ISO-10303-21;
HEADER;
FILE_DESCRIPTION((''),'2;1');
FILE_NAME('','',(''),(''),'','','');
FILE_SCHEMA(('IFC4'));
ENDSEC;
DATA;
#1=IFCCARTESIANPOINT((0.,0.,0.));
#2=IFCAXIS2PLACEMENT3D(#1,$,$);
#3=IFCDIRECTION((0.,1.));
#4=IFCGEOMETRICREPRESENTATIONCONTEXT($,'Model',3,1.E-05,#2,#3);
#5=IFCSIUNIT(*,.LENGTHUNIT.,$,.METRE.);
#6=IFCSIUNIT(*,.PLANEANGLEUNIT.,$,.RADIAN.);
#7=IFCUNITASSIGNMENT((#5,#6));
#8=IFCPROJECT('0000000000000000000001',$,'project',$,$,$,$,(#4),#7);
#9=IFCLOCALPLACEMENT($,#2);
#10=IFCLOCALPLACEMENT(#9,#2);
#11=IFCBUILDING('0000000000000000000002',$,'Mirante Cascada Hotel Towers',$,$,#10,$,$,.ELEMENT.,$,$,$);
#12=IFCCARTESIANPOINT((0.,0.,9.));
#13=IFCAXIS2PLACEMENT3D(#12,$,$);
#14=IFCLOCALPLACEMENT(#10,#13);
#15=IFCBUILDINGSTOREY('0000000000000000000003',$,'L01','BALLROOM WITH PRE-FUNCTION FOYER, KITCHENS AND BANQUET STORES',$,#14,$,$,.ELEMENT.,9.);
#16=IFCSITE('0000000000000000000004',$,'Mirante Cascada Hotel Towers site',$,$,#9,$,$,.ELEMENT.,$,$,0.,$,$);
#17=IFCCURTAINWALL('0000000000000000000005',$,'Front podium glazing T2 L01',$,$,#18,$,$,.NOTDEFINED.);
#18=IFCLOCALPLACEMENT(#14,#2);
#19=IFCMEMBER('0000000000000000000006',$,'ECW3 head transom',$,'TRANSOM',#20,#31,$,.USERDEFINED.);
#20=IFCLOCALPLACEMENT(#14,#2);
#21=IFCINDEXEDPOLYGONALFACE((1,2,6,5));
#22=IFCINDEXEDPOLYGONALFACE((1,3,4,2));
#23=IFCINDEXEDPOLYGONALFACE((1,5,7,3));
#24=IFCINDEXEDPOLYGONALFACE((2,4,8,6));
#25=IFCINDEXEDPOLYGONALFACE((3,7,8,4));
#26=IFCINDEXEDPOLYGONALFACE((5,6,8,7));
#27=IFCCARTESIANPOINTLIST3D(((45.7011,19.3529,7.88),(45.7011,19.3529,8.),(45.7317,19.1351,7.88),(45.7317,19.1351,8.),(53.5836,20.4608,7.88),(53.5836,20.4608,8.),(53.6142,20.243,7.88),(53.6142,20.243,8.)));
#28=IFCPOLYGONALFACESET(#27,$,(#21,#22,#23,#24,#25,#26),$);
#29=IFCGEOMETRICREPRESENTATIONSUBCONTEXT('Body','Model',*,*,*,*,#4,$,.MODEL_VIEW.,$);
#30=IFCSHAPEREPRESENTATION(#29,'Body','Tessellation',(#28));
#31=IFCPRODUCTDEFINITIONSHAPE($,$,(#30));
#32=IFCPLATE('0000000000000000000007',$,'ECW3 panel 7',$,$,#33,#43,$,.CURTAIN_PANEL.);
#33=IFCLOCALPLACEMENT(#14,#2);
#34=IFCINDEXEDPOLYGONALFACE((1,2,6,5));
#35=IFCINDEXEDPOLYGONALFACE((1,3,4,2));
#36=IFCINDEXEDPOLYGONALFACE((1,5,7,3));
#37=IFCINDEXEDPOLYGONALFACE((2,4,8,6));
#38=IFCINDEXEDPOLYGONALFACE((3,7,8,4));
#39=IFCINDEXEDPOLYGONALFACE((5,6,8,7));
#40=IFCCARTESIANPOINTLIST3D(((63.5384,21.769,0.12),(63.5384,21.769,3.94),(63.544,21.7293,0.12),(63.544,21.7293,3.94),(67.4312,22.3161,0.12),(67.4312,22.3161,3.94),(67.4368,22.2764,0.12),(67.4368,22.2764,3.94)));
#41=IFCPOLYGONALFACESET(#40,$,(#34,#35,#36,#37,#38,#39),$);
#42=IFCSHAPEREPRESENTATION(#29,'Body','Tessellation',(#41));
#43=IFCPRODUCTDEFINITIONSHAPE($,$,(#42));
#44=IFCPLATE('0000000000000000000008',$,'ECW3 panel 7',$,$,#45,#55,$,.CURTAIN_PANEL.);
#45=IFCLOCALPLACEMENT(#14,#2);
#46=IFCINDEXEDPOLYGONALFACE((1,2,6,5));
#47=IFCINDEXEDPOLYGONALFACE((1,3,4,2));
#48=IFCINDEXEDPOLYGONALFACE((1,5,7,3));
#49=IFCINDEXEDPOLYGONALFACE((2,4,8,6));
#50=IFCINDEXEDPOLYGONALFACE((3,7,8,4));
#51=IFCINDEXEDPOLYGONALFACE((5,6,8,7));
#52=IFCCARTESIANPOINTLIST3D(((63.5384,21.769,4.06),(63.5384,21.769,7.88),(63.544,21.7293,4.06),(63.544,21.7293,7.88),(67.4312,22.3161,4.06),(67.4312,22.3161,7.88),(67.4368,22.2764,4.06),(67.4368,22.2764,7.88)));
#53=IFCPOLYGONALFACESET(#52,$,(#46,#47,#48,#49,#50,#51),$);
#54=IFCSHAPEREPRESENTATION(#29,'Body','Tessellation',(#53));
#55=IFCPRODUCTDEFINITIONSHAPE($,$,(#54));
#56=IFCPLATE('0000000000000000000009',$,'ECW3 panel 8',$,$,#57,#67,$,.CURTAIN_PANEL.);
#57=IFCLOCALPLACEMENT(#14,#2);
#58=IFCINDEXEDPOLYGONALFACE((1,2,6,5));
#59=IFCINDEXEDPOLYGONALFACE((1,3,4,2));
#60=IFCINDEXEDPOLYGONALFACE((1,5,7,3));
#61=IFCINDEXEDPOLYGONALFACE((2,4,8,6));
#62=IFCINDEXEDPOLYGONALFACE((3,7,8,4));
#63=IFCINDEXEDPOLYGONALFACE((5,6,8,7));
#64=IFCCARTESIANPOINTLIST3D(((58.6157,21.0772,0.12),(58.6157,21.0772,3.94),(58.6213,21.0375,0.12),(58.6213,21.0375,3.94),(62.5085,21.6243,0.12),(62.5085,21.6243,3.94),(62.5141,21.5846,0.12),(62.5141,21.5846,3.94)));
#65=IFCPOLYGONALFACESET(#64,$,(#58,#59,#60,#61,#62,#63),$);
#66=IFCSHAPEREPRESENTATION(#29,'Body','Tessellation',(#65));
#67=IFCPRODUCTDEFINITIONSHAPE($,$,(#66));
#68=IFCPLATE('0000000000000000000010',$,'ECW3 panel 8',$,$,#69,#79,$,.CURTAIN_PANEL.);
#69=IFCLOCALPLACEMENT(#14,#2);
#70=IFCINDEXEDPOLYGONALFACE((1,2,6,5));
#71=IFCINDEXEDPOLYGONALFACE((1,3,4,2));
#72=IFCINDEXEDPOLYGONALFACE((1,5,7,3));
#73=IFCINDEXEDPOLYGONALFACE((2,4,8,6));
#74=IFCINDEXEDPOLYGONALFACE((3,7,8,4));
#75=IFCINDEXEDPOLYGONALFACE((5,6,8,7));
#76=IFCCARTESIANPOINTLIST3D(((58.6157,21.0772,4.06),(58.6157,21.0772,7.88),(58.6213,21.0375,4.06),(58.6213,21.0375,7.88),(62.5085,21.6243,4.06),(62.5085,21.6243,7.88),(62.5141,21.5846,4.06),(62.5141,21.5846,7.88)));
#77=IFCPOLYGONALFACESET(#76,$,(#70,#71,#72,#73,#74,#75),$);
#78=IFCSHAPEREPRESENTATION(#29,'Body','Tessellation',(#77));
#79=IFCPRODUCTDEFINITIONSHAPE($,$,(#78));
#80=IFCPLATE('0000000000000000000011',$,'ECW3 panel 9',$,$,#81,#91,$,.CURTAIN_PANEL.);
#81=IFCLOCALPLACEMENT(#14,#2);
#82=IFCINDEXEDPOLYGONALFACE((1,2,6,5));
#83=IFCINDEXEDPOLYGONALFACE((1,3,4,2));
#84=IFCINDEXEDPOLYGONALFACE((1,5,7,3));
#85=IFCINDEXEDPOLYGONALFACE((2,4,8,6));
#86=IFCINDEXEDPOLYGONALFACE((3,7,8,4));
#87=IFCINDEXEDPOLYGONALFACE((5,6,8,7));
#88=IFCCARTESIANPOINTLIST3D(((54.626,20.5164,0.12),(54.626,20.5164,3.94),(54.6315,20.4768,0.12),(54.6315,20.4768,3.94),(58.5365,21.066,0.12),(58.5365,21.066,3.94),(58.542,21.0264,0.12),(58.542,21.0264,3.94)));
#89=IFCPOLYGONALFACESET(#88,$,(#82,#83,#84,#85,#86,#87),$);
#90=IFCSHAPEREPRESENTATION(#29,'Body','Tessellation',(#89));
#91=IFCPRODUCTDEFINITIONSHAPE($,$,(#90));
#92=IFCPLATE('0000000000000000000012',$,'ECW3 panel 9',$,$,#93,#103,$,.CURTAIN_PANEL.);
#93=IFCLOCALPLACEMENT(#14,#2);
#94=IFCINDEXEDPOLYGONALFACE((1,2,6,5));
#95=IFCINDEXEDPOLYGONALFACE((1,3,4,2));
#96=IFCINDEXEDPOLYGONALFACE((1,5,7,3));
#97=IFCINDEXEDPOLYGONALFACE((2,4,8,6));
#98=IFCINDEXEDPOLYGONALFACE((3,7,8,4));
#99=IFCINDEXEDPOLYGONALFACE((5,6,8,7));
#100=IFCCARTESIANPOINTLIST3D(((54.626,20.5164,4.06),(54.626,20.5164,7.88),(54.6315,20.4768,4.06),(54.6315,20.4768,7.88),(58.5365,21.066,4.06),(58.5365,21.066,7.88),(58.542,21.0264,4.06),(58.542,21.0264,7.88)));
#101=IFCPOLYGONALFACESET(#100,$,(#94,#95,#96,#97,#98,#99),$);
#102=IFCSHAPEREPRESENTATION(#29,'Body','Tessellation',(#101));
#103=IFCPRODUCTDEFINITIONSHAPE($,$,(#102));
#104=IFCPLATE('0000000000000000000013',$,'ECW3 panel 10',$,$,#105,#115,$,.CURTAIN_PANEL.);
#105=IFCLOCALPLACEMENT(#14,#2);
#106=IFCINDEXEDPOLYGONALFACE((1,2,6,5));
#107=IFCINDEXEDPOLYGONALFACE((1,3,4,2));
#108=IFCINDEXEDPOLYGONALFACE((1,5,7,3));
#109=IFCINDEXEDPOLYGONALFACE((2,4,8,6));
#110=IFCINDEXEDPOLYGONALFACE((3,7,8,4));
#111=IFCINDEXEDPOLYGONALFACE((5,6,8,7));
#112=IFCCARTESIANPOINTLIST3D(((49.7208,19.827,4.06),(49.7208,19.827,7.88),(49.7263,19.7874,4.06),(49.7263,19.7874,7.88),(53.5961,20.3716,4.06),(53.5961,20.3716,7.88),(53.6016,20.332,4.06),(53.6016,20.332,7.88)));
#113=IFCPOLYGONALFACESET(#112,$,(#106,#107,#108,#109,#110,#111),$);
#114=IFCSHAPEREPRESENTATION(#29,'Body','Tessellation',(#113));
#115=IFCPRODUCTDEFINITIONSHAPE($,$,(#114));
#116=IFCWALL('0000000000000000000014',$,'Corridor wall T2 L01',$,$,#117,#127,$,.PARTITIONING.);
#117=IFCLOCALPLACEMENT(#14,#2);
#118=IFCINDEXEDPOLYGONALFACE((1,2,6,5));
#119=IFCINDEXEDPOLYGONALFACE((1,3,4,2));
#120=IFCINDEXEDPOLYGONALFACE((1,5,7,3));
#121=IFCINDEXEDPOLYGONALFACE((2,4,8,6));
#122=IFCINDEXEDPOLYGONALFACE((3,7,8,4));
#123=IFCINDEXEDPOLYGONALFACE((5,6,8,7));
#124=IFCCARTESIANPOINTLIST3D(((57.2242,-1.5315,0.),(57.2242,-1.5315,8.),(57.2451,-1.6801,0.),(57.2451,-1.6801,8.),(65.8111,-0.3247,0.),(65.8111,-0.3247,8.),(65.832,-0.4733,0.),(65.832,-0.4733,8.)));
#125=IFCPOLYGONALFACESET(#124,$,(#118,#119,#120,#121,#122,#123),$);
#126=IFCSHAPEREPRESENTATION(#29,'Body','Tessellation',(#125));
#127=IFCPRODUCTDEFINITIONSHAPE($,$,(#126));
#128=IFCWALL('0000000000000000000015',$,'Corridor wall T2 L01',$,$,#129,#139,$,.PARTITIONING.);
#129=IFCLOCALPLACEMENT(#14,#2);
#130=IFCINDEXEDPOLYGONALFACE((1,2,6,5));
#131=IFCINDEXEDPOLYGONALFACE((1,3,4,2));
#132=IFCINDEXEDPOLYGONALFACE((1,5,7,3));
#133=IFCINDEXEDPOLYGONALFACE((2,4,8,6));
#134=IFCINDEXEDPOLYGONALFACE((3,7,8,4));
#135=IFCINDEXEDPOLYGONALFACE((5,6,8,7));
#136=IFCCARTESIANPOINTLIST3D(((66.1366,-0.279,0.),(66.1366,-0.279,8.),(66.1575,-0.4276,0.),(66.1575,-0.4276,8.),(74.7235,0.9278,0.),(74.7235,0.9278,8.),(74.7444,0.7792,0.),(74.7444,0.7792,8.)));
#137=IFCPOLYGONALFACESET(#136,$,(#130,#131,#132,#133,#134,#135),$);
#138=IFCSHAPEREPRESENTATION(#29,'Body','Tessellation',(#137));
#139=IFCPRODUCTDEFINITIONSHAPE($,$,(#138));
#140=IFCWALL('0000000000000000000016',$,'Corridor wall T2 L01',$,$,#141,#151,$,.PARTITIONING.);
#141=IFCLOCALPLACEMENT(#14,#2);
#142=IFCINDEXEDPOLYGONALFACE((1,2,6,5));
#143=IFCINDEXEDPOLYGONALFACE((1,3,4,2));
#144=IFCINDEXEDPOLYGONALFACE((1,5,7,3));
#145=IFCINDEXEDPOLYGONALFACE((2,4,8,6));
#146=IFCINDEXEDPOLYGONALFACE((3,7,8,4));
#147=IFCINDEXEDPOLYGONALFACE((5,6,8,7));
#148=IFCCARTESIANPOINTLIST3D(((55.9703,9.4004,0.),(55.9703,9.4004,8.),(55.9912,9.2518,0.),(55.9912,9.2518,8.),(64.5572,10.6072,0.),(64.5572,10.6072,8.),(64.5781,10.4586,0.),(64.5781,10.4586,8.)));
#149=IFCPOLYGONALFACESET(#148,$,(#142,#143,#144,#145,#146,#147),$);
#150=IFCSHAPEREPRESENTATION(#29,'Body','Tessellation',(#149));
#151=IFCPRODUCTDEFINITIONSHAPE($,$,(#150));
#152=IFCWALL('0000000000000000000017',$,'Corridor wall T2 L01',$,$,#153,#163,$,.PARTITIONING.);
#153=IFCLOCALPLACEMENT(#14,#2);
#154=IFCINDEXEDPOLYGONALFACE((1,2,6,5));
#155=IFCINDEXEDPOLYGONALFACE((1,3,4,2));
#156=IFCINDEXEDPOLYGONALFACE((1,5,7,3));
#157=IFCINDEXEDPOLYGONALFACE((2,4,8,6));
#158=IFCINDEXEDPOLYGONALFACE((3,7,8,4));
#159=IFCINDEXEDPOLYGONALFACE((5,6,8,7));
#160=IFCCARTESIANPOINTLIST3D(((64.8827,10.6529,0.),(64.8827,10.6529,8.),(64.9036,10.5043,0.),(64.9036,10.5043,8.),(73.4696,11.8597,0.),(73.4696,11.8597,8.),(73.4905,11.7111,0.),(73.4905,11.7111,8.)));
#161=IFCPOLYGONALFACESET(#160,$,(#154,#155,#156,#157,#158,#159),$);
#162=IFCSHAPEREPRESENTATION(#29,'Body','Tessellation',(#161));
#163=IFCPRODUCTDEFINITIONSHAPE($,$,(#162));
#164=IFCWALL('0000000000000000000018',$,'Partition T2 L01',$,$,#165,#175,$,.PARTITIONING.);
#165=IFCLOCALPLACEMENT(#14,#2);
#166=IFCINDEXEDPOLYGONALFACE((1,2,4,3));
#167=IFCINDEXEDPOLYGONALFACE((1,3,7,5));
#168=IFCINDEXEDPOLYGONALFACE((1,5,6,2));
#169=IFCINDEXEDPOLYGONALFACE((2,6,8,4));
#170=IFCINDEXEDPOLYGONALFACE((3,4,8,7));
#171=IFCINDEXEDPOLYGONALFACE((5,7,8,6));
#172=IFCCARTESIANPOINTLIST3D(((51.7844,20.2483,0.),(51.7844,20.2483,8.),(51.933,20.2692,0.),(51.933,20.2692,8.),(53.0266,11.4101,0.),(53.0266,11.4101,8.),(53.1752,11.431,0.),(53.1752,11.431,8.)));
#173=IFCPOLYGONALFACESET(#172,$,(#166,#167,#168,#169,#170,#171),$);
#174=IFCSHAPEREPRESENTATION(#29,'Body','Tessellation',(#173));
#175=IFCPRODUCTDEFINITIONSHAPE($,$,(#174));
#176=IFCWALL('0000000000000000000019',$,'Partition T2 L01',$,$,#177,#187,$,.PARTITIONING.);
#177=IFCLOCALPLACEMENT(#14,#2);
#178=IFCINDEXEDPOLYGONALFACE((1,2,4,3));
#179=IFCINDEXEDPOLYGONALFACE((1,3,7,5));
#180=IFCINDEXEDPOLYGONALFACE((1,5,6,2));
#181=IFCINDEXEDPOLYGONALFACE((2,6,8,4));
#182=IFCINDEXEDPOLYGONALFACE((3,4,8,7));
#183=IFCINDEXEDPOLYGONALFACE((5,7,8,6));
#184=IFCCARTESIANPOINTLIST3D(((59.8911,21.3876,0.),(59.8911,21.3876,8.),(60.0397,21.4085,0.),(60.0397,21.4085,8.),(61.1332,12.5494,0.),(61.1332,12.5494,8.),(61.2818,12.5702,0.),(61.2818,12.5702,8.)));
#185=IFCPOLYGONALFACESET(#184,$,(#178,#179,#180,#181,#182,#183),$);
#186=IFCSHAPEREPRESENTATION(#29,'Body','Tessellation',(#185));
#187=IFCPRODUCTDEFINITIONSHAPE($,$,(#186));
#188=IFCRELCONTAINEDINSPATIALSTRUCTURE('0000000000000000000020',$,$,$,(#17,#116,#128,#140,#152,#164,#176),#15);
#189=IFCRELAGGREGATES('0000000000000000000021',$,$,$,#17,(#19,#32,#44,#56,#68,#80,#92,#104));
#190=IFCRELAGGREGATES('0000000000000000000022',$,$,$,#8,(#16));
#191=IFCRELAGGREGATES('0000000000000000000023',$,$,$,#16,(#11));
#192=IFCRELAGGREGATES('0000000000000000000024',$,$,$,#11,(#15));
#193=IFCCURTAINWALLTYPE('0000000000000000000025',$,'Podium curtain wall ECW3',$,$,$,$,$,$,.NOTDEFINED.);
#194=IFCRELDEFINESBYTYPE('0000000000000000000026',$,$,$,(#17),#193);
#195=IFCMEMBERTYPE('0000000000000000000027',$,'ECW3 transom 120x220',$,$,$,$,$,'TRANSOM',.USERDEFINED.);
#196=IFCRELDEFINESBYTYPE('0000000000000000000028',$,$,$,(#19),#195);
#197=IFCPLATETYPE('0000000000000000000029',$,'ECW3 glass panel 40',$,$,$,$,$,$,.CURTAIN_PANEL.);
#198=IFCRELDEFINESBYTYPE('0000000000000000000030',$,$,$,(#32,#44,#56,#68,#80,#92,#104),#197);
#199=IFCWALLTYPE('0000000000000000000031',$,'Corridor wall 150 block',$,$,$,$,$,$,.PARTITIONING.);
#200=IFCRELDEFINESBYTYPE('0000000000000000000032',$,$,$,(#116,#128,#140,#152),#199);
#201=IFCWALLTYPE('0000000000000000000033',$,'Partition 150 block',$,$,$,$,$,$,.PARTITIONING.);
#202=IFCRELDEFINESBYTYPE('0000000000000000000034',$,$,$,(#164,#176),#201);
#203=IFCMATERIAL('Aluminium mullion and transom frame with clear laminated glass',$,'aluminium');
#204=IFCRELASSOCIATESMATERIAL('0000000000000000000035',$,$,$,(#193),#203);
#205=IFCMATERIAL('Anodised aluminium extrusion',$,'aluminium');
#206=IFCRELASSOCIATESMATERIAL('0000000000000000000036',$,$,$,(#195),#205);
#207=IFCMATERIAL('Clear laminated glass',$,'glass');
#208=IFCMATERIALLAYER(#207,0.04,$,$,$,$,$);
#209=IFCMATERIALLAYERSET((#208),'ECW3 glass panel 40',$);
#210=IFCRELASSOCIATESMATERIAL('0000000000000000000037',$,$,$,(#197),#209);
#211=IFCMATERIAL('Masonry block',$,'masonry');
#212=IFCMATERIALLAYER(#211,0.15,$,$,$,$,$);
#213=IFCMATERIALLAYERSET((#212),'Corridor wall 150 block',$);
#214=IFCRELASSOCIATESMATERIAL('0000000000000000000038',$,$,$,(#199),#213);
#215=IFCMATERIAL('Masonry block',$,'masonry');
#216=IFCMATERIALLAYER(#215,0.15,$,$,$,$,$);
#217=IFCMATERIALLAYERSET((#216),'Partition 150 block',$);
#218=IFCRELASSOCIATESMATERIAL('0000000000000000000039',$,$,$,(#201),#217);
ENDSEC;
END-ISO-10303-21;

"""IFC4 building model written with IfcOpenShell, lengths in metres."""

from ifc_helpers import new_model, si_unit, direction, frame, frame_2d, origin, origin_2d, place, context, subcontext, project, spatial, rectangle, extrude, material, layer, layer_set, material_profile, profile_set, type_object, element, aggregate, save


model = new_model("IFC4")

# Units and contexts
model_context = context("Model", 3, precision=1e-05, world=origin(), true_north=direction((0.0, 1.0)))
body_context = subcontext(model_context, "Body", "Model", "MODEL_VIEW")
ifc_project = project(units=[si_unit("LENGTHUNIT", "METRE"), si_unit("PLANEANGLEUNIT", "RADIAN")], contexts=[model_context])

# Site, building, storey
site_placement = place(None, origin())
site = spatial("IfcSite", under=ifc_project, at=site_placement, Name="Mirante Cascada Hotel Towers site", CompositionType="ELEMENT", RefElevation=0.0)
building_placement = place(site_placement, origin())
building = spatial("IfcBuilding", under=site, at=building_placement, Name="Mirante Cascada Hotel Towers", CompositionType="ELEMENT")
storey_placement = place(building_placement, frame((0.0, 0.0, 9.0)))
storey = spatial("IfcBuildingStorey", under=building, at=storey_placement, Name="L01", Description="BALLROOM WITH PRE-FUNCTION FOYER, KITCHENS AND BANQUET STORES", CompositionType="ELEMENT", Elevation=9.0)

# Curtain wall, member, plates
ifc_material_1 = material(Name="Aluminium mullion and transom frame with clear laminated glass", Category="aluminium")
curtain_wall_type = type_object("IfcCurtainWallType", Name="Podium curtain wall ECW3", PredefinedType="NOTDEFINED", material=ifc_material_1)
curtain_wall_placement = place(storey_placement, origin())
curtain_wall = element("IfcCurtainWall", 1, at=curtain_wall_placement, inside=storey, type_object=curtain_wall_type, Name="Front podium glazing T2 L01", PredefinedType="NOTDEFINED")
ifc_material_2 = material(Name="Anodised aluminium extrusion", Category="aluminium")
ifc_material_profile_1 = material_profile(ifc_material_2, rectangle(XDim=0.22, YDim=0.12, at=origin_2d()), Name="ECW3 TRANSOM 120x220")
ifc_profile_set_1 = profile_set([ifc_material_profile_1], Name="Anodised aluminium extrusion")
member_type_1 = type_object("IfcMemberType", Name="ECW3 transom 120x220", ElementType="TRANSOM", PredefinedType="USERDEFINED", material=ifc_profile_set_1)
member_1_placement = place(storey_placement, frame((53.5989, 20.3519, 7.94), z_axis=(-0.990267, -0.139184, 0.0), x_axis=(0.139184, -0.990267, 0.0)))
member_1 = element("IfcMember", 2, at=member_1_placement, type_object=member_type_1, Name="ECW3 head transom", ObjectType="TRANSOM", PredefinedType="USERDEFINED", context=body_context, shape_type="SweptSolid", body=[
    extrude(rectangle(XDim=0.22, YDim=0.12, at=origin_2d()), origin(), (0.0, 0.0, 1.0), 7.96),
])
ifc_material_3 = material(Name="Clear laminated glass", Category="glass")
ifc_layer_1 = layer(ifc_material_3, 0.04)
ifc_layer_set_1 = layer_set([ifc_layer_1], Name="ECW3 glass panel 40")
plate_type = type_object("IfcPlateType", Name="ECW3 glass panel 40", PredefinedType="CURTAIN_PANEL", material=ifc_layer_set_1)
plate_1_placement = place(storey_placement, frame((65.4876, 22.0227, 0.12), z_axis=(0.0, 0.0, 1.0), x_axis=(-0.990268, -0.139173, 0.0)))
plate_1 = element("IfcPlate", 3, at=plate_1_placement, type_object=plate_type, Name="ECW3 panel 7", PredefinedType="CURTAIN_PANEL", context=body_context, shape_type="SweptSolid", body=[
    extrude(rectangle(XDim=3.9311, YDim=0.04, at=origin_2d()), origin(), (0.0, 0.0, 1.0), 3.82),
])
plate_2_placement = place(storey_placement, frame((65.4876, 22.0227, 4.06), z_axis=(0.0, 0.0, 1.0), x_axis=(-0.990268, -0.139173, 0.0)))
plate_2 = element("IfcPlate", 4, at=plate_2_placement, type_object=plate_type, Name="ECW3 panel 7", PredefinedType="CURTAIN_PANEL", context=body_context, shape_type="SweptSolid", body=[
    extrude(rectangle(XDim=3.9311, YDim=0.04, at=origin_2d()), origin(), (0.0, 0.0, 1.0), 3.82),
])
plate_3_placement = place(storey_placement, frame((60.5649, 21.3309, 0.12), z_axis=(0.0, 0.0, 1.0), x_axis=(-0.990268, -0.139173, 0.0)))
plate_3 = element("IfcPlate", 5, at=plate_3_placement, type_object=plate_type, Name="ECW3 panel 8", PredefinedType="CURTAIN_PANEL", context=body_context, shape_type="SweptSolid", body=[
    extrude(rectangle(XDim=3.9311, YDim=0.04, at=origin_2d()), origin(), (0.0, 0.0, 1.0), 3.82),
])
plate_4_placement = place(storey_placement, frame((60.5649, 21.3309, 4.06), z_axis=(0.0, 0.0, 1.0), x_axis=(-0.990268, -0.139173, 0.0)))
plate_4 = element("IfcPlate", 6, at=plate_4_placement, type_object=plate_type, Name="ECW3 panel 8", PredefinedType="CURTAIN_PANEL", context=body_context, shape_type="SweptSolid", body=[
    extrude(rectangle(XDim=3.9311, YDim=0.04, at=origin_2d()), origin(), (0.0, 0.0, 1.0), 3.82),
])
plate_5_placement = place(storey_placement, frame((56.584, 20.7714, 0.12), z_axis=(0.0, 0.0, 1.0), x_axis=(-0.990268, -0.139173, 0.0)))
plate_5 = element("IfcPlate", 7, at=plate_5_placement, type_object=plate_type, Name="ECW3 panel 9", PredefinedType="CURTAIN_PANEL", context=body_context, shape_type="SweptSolid", body=[
    extrude(rectangle(XDim=3.9489, YDim=0.04, at=origin_2d()), origin(), (0.0, 0.0, 1.0), 3.82),
])
plate_6_placement = place(storey_placement, frame((56.584, 20.7714, 4.06), z_axis=(0.0, 0.0, 1.0), x_axis=(-0.990268, -0.139173, 0.0)))
plate_6 = element("IfcPlate", 8, at=plate_6_placement, type_object=plate_type, Name="ECW3 panel 9", PredefinedType="CURTAIN_PANEL", context=body_context, shape_type="SweptSolid", body=[
    extrude(rectangle(XDim=3.9489, YDim=0.04, at=origin_2d()), origin(), (0.0, 0.0, 1.0), 3.82),
])
plate_7_placement = place(storey_placement, frame((51.6612, 20.0795, 4.06), z_axis=(0.0, 0.0, 1.0), x_axis=(-0.990268, -0.139173, 0.0)))
plate_7 = element("IfcPlate", 9, at=plate_7_placement, type_object=plate_type, Name="ECW3 panel 10", PredefinedType="CURTAIN_PANEL", context=body_context, shape_type="SweptSolid", body=[
    extrude(rectangle(XDim=3.9134, YDim=0.04, at=origin_2d()), origin(), (0.0, 0.0, 1.0), 3.82),
])
aggregate(curtain_wall, [member_1, plate_1, plate_2, plate_3, plate_4, plate_5, plate_6, plate_7])

# Walls
ifc_material_4 = material(Name="Masonry block", Category="masonry")
ifc_layer_2 = layer(ifc_material_4, 0.15)
ifc_layer_set_2 = layer_set([ifc_layer_2], Name="Corridor wall 150 block")
wall_type_1 = type_object("IfcWallType", Name="Corridor wall 150 block", PredefinedType="PARTITIONING", material=ifc_layer_set_2)
for number, where, z_axis, x_axis, name in (
    (10, (57.2347, -1.6058, 0.0), (0.0, 0.0, 1.0), (0.990268, 0.139172, 0.0), "Corridor wall T2 L01"),
    (11, (66.1471, -0.3533, 0.0), (0.0, 0.0, 1.0), (0.990268, 0.139172, 0.0), "Corridor wall T2 L01"),
    (12, (55.9808, 9.3261, 0.0), (0.0, 0.0, 1.0), (0.990268, 0.139172, 0.0), "Corridor wall T2 L01"),
    (13, (64.8932, 10.5786, 0.0), (0.0, 0.0, 1.0), (0.990268, 0.139172, 0.0), "Corridor wall T2 L01"),
):
    element("IfcWall", number, at=place(storey_placement, frame(where, z_axis=z_axis, x_axis=x_axis)), inside=storey, type_object=wall_type_1, Name=name, PredefinedType="PARTITIONING", context=body_context, shape_type="SweptSolid", body=[
        extrude(rectangle(XDim=8.6713, YDim=0.15, at=frame_2d((4.3356, 0.0))), origin(), (0.0, 0.0, 1.0), 8.0),
    ])
ifc_material_5 = material(Name="Masonry block", Category="masonry")
ifc_layer_3 = layer(ifc_material_5, 0.15)
ifc_layer_set_3 = layer_set([ifc_layer_3], Name="Partition 150 block")
wall_type_2 = type_object("IfcWallType", Name="Partition 150 block", PredefinedType="PARTITIONING", material=ifc_layer_set_3)
for number, where, z_axis, x_axis, name in (
    (14, (51.8587, 20.2588, 0.0), (0.0, 0.0, 1.0), (0.139181, -0.990267, 0.0), "Partition T2 L01"),
    (15, (59.9654, 21.3981, 0.0), (0.0, 0.0, 1.0), (0.13917, -0.990268, 0.0), "Partition T2 L01"),
):
    element("IfcWall", number, at=place(storey_placement, frame(where, z_axis=z_axis, x_axis=x_axis)), inside=storey, type_object=wall_type_2, Name=name, PredefinedType="PARTITIONING", context=body_context, shape_type="SweptSolid", body=[
        extrude(rectangle(XDim=8.9251, YDim=0.15, at=frame_2d((4.4626, 0.0))), origin(), (0.0, 0.0, 1.0), 8.0),
    ])

save(model, "model.ifc")
